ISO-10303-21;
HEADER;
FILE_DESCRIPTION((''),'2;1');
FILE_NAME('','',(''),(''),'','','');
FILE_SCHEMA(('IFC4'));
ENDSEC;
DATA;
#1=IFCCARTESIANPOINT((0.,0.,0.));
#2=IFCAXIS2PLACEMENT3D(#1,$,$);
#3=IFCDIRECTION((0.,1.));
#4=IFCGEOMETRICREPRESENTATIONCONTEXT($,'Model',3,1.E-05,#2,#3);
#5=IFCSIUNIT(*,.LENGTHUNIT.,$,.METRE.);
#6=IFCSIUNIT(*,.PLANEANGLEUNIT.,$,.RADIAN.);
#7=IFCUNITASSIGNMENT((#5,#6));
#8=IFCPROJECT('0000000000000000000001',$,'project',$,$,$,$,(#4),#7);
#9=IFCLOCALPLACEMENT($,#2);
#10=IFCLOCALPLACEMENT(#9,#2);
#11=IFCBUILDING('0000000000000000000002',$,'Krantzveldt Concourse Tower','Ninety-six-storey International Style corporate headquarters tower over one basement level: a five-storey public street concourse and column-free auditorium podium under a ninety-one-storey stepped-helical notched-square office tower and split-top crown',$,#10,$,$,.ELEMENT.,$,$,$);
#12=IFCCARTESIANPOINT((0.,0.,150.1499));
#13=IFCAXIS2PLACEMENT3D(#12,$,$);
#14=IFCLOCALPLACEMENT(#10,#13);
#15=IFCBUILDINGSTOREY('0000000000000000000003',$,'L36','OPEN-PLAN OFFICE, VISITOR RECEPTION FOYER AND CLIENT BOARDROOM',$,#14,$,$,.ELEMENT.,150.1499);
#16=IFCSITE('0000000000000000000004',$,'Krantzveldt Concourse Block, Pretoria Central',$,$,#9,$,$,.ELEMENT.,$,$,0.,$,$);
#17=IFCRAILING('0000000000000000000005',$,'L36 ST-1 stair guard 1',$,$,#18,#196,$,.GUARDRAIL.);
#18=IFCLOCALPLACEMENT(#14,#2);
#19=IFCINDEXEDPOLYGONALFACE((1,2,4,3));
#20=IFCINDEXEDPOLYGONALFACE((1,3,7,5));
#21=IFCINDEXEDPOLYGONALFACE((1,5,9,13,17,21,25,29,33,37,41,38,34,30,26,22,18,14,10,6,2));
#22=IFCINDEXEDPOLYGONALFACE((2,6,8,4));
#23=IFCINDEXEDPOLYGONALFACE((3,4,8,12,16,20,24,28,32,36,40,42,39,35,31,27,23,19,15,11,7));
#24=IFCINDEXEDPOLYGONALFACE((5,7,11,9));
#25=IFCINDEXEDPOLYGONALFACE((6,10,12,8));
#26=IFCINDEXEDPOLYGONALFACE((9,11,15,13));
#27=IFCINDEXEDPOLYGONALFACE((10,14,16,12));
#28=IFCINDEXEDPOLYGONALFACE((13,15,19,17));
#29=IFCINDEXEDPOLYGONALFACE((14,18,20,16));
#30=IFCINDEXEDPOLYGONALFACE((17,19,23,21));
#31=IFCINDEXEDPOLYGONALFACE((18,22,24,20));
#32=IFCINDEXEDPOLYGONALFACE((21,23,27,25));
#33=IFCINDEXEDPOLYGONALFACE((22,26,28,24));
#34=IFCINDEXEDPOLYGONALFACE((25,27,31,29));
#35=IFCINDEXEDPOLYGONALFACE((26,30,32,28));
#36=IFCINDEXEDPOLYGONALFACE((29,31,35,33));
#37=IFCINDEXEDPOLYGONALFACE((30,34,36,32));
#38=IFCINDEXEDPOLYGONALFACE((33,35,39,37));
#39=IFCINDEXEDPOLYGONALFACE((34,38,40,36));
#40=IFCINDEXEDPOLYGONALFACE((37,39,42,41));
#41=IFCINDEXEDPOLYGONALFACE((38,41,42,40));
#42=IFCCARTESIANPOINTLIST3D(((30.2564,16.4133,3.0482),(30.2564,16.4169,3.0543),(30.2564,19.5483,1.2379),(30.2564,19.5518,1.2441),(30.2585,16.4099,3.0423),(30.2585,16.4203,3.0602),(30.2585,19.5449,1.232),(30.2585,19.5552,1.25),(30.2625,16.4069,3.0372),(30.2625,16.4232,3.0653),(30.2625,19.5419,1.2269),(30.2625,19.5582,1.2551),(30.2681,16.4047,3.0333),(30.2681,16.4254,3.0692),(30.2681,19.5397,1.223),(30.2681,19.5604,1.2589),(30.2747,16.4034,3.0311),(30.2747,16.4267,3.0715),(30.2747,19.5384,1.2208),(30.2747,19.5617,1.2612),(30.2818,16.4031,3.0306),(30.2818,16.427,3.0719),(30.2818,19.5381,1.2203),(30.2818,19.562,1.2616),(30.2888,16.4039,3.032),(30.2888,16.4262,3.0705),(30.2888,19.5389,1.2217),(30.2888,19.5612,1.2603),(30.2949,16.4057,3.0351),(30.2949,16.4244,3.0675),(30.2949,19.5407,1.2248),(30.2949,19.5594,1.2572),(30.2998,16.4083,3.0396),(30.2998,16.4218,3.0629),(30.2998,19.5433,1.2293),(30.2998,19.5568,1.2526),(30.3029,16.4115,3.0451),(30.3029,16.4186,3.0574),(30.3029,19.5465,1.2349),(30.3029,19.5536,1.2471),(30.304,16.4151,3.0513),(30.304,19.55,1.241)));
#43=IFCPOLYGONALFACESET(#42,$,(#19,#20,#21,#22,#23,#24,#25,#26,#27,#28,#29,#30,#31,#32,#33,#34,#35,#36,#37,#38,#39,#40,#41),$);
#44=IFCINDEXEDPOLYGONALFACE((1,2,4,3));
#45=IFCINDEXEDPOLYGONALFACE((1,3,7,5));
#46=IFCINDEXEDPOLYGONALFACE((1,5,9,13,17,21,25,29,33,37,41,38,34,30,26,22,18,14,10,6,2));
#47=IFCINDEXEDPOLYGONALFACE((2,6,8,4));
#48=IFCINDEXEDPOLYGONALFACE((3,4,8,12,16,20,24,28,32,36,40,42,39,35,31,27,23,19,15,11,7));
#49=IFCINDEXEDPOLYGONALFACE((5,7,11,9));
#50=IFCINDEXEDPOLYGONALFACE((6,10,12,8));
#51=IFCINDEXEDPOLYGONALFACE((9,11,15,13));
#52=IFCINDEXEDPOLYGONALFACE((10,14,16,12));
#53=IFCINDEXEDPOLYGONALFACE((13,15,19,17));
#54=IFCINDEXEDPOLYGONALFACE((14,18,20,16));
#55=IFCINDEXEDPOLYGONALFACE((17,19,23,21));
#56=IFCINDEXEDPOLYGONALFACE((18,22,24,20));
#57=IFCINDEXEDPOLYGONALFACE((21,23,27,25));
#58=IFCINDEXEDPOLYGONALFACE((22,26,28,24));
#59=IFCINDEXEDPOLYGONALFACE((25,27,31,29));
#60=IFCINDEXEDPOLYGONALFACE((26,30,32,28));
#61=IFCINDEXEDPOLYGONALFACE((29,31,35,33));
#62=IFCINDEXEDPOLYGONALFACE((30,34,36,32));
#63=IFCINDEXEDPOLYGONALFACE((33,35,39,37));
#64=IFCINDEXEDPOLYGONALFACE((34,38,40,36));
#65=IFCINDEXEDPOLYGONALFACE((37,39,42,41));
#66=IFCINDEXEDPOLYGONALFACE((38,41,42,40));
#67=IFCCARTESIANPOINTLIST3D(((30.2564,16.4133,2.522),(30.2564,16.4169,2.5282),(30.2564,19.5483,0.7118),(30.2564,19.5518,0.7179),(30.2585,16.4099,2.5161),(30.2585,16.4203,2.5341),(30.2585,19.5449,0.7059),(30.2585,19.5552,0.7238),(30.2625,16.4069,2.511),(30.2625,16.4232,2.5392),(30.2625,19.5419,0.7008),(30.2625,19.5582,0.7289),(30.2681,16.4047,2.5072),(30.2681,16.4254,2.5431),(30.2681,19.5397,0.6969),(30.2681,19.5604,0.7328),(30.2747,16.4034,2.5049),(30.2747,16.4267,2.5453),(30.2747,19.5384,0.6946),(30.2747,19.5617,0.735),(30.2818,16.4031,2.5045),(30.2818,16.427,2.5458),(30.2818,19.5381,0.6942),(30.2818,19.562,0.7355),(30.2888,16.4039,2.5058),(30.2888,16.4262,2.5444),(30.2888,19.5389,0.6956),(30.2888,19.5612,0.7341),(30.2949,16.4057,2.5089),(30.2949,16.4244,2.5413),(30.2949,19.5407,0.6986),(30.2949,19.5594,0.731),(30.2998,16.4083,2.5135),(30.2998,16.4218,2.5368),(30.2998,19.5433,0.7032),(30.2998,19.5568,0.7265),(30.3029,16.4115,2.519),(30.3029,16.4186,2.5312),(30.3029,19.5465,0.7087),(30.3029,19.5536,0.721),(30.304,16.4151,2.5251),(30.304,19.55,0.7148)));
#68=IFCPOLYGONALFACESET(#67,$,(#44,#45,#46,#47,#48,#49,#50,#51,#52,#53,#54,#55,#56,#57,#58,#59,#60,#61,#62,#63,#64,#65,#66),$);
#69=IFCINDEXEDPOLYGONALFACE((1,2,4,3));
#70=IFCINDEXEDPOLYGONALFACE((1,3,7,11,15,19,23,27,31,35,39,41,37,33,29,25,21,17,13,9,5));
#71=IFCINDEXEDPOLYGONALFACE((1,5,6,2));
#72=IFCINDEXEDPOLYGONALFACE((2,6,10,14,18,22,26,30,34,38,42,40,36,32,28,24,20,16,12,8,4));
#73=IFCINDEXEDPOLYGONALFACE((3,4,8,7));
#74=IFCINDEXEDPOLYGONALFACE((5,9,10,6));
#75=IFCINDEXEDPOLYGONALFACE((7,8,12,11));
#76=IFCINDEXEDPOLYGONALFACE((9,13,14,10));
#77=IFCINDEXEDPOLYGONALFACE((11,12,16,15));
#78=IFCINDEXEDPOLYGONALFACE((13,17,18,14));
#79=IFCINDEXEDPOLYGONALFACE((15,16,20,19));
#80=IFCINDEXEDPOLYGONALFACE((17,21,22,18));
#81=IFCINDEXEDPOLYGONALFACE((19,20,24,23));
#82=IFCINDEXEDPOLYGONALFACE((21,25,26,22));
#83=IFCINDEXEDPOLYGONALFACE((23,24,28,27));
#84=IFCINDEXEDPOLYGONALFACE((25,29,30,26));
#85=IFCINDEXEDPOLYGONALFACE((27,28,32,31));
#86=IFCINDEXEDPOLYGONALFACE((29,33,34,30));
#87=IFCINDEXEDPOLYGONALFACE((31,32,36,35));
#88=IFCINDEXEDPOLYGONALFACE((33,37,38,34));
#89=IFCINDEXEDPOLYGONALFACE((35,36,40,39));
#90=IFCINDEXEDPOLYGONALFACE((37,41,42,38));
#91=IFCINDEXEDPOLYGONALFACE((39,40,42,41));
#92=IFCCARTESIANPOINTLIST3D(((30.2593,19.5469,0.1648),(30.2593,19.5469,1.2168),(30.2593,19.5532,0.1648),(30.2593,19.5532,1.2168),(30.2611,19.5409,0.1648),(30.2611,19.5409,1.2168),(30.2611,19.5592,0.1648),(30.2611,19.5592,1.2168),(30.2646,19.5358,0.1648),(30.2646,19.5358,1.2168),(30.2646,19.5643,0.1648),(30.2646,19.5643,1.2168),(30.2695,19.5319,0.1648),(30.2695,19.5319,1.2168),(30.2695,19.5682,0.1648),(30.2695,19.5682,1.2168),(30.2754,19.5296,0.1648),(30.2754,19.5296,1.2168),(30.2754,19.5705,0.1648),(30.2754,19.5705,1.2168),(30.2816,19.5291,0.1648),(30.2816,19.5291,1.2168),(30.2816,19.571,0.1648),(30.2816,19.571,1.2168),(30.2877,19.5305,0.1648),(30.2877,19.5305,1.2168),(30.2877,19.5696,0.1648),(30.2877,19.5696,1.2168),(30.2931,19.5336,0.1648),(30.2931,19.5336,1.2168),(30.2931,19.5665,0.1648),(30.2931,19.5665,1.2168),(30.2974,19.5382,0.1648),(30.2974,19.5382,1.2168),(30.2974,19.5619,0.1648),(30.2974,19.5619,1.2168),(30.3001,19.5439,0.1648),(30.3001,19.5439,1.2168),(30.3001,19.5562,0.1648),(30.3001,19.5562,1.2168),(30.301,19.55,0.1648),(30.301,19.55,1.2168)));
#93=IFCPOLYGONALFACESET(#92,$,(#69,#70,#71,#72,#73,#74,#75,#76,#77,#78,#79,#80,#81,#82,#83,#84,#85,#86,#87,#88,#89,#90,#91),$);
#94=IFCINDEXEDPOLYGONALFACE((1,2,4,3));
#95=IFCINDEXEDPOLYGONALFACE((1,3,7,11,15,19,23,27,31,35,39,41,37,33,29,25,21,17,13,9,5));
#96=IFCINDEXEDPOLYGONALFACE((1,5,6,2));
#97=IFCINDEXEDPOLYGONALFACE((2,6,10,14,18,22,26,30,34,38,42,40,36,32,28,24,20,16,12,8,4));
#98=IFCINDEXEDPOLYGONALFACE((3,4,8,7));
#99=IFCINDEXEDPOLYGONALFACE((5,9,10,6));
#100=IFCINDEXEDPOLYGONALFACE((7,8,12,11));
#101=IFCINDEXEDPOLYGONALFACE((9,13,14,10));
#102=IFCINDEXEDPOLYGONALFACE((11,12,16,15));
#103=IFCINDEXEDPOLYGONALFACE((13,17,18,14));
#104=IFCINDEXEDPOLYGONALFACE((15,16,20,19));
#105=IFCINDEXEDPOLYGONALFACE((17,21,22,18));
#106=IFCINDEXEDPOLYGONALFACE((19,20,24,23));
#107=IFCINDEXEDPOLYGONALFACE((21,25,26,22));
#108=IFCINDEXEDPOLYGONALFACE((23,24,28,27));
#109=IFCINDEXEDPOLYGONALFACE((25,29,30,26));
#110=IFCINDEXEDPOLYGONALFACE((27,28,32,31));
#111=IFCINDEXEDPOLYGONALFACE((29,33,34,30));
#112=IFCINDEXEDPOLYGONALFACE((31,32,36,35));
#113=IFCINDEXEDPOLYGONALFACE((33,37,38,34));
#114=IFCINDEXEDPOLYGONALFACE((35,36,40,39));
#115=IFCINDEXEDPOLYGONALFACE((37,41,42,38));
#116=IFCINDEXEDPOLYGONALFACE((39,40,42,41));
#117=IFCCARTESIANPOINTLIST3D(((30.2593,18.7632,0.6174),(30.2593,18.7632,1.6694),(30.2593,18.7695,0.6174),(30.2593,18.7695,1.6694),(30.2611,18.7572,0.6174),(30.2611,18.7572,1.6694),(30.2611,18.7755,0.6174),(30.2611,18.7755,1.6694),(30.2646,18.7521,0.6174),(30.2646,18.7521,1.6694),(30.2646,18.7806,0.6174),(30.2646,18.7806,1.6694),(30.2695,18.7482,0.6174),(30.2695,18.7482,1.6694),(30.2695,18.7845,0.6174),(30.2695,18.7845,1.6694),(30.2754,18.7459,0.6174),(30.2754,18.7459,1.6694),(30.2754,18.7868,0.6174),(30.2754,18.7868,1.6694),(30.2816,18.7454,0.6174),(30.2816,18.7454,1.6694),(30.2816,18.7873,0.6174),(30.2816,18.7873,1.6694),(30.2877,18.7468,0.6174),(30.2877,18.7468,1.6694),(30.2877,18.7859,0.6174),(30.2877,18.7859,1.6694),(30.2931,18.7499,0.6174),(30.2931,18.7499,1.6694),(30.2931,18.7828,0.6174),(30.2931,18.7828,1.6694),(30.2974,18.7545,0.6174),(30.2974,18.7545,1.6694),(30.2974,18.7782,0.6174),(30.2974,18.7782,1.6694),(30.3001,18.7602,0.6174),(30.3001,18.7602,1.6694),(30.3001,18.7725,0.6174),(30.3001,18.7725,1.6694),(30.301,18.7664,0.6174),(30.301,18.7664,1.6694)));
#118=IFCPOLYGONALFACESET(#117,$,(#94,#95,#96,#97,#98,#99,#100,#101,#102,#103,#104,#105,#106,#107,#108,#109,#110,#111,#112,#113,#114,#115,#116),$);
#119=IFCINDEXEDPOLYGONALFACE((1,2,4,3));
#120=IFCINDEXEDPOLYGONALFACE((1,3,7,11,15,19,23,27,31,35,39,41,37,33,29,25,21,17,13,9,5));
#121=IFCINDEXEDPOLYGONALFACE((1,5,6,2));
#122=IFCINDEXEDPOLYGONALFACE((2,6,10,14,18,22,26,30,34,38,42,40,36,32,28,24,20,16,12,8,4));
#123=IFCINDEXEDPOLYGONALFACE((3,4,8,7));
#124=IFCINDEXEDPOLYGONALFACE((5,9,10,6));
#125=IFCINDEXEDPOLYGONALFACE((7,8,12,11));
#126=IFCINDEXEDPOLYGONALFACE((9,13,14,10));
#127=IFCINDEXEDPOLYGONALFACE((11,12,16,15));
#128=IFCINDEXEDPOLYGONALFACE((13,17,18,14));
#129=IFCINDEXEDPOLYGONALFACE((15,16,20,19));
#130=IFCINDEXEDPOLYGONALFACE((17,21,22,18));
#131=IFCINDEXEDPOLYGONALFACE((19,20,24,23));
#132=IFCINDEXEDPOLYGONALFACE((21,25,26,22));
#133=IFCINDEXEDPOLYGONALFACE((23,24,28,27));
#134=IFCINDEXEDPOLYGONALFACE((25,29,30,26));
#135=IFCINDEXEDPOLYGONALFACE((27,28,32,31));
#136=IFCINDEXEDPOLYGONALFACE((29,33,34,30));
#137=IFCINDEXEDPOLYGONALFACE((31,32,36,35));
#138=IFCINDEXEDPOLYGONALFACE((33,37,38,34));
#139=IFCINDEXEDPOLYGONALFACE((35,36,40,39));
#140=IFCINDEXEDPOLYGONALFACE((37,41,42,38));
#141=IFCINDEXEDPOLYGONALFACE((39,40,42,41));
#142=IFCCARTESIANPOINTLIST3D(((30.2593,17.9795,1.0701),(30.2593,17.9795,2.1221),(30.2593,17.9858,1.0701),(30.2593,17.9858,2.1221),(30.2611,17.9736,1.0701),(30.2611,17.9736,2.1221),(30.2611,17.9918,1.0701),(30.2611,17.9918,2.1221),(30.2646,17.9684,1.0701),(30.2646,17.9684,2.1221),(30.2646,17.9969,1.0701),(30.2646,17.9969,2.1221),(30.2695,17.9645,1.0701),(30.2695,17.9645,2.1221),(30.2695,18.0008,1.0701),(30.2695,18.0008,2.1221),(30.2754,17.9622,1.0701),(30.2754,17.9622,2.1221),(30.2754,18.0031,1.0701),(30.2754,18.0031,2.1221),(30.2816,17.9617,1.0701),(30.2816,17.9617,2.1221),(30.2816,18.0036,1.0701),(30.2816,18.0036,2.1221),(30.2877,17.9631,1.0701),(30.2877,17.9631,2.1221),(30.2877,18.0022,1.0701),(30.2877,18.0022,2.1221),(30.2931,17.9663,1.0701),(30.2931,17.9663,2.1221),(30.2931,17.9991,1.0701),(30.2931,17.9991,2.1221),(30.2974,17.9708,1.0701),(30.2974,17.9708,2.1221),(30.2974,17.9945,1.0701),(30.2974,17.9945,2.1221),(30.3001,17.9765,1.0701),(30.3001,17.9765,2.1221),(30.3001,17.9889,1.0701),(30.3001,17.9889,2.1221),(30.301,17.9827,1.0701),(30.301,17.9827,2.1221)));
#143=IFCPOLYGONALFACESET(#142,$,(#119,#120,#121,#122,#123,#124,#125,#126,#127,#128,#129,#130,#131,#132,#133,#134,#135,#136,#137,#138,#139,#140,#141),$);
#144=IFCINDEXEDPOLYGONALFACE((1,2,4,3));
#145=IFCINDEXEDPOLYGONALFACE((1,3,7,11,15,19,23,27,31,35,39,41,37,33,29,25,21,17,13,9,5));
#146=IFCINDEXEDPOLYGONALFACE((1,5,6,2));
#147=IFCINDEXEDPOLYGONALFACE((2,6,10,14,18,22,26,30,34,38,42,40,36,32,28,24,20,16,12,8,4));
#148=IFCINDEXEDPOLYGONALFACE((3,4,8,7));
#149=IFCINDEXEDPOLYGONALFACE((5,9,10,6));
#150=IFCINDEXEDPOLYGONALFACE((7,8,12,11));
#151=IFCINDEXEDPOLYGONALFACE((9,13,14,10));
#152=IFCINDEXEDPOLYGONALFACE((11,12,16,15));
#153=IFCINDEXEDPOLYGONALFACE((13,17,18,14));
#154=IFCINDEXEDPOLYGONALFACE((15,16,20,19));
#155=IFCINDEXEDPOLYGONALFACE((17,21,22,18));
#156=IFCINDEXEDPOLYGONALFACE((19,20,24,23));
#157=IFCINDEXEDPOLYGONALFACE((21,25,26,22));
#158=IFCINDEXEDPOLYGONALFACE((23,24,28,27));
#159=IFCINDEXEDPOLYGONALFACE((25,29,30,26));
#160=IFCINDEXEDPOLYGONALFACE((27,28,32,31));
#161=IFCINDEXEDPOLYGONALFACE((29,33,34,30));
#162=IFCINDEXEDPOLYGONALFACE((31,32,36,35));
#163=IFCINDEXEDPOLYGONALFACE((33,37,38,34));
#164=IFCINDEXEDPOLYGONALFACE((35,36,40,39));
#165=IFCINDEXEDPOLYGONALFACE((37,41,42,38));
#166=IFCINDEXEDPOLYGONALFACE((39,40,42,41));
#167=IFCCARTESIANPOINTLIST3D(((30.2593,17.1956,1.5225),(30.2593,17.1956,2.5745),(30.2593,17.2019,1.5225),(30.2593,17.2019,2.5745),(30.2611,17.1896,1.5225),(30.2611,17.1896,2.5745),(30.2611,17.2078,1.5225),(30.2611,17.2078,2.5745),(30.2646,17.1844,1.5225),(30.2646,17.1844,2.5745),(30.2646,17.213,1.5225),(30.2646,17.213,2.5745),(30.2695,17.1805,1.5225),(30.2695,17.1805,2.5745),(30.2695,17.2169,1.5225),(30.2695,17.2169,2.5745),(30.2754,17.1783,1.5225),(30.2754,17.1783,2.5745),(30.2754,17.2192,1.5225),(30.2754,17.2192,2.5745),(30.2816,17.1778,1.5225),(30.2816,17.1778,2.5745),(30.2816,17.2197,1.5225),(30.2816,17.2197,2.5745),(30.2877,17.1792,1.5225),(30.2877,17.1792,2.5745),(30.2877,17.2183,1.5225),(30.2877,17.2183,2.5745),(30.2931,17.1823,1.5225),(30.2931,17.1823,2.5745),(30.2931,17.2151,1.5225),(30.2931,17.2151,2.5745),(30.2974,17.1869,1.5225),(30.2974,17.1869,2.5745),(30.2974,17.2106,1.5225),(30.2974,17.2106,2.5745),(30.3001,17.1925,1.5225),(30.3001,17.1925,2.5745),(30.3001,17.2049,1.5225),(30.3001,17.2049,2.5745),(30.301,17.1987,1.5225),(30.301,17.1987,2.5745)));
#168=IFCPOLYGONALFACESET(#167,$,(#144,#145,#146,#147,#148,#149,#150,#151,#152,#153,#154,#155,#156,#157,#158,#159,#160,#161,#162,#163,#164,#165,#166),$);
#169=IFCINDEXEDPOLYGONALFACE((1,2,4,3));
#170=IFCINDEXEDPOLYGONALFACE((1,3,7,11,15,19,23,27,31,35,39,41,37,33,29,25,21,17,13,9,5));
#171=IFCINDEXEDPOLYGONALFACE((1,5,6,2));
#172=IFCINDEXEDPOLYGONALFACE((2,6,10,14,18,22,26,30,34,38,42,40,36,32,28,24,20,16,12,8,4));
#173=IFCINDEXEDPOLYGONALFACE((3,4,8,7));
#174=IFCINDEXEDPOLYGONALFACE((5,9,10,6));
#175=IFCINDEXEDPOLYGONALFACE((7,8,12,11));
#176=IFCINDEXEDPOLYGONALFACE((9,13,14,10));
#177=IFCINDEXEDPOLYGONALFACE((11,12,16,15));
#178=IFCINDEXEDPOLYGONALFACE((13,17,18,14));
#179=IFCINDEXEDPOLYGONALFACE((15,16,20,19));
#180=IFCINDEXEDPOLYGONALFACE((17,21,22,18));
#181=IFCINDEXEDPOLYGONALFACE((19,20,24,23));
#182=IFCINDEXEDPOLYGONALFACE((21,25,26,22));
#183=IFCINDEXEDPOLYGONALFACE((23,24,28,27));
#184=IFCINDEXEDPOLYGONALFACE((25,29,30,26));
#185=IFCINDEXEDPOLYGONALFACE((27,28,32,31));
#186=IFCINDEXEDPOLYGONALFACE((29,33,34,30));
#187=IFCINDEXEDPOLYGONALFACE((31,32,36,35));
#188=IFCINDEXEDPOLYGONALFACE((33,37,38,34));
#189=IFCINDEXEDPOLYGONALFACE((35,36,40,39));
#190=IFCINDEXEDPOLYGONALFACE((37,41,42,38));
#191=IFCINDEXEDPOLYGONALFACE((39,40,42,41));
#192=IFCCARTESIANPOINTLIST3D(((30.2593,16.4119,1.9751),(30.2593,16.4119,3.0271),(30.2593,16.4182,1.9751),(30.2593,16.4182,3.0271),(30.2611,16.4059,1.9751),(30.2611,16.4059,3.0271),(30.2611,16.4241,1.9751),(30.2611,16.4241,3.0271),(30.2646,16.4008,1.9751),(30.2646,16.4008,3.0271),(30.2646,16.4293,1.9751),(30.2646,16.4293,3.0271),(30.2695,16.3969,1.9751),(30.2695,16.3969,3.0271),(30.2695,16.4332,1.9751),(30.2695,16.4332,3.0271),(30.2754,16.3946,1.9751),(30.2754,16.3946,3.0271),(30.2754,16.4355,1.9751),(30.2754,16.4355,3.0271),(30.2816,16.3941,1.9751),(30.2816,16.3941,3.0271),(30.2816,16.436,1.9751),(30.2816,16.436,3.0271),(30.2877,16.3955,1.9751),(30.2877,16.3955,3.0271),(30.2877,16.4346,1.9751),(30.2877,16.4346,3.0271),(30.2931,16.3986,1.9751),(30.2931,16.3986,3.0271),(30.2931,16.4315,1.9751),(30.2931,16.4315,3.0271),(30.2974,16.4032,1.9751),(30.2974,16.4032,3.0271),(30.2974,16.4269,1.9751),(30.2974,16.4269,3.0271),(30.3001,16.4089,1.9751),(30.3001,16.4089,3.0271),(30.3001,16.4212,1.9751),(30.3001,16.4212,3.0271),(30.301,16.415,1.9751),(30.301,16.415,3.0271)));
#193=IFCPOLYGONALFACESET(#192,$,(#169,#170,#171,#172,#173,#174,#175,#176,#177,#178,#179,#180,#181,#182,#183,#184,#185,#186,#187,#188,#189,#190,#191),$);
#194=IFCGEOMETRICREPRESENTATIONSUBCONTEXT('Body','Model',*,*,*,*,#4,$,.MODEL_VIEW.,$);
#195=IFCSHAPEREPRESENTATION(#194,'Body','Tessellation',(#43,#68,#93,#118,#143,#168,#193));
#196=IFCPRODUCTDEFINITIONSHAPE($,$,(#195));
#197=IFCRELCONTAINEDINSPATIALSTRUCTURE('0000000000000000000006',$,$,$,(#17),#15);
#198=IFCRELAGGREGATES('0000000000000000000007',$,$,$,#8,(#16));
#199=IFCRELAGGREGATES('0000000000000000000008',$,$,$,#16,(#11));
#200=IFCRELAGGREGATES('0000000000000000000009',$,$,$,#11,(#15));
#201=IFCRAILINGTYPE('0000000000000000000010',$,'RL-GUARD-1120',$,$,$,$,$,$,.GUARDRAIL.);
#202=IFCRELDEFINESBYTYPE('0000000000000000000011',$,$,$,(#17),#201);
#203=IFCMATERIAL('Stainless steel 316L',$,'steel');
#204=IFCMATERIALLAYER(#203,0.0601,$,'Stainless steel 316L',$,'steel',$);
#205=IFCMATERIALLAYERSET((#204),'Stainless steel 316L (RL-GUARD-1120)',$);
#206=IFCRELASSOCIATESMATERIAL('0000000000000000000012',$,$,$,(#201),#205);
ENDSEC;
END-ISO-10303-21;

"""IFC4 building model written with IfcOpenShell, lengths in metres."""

from ifc_helpers import new_model, si_unit, direction, frame, origin, origin_2d, place, context, subcontext, project, spatial, circle, extrude, material, layer, layer_set, type_object, element, save


model = new_model("IFC4")

# Units and contexts
model_context = context("Model", 3, precision=1e-05, world=origin(), true_north=direction((0.0, 1.0)))
body_context = subcontext(model_context, "Body", "Model", "MODEL_VIEW")
ifc_project = project(units=[si_unit("LENGTHUNIT", "METRE"), si_unit("PLANEANGLEUNIT", "RADIAN")], contexts=[model_context])

# Site, building, storey
site_placement = place(None, origin())
site = spatial("IfcSite", under=ifc_project, at=site_placement, Name="Krantzveldt Concourse Block, Pretoria Central", CompositionType="ELEMENT", RefElevation=0.0)
building_placement = place(site_placement, origin())
building = spatial("IfcBuilding", under=site, at=building_placement, Name="Krantzveldt Concourse Tower", Description="Ninety-six-storey International Style corporate headquarters tower over one basement level: a five-storey public street concourse and column-free auditorium podium under a ninety-one-storey stepped-helical notched-square office tower and split-top crown", CompositionType="ELEMENT")
storey_placement = place(building_placement, frame((0.0, 0.0, 150.1499)))
storey = spatial("IfcBuildingStorey", under=building, at=storey_placement, Name="L36", Description="OPEN-PLAN OFFICE, VISITOR RECEPTION FOYER AND CLIENT BOARDROOM", CompositionType="ELEMENT", Elevation=150.1499)

# Shared definitions
ifc_material_1 = material(Name="Stainless steel 316L", Category="steel")

# Railing
ifc_layer_1 = layer(ifc_material_1, 0.0601, Name="Stainless steel 316L", Category="steel")
ifc_layer_set_1 = layer_set([ifc_layer_1], Name="Stainless steel 316L (RL-GUARD-1120)")
railing_type_1 = type_object("IfcRailingType", Name="RL-GUARD-1120", PredefinedType="GUARDRAIL", material=ifc_layer_set_1)
railing_1_placement = place(storey_placement, frame((30.28, 19.55, 0.1648)))
element("IfcRailing", 1, at=railing_1_placement, inside=storey, type_object=railing_type_1, Name="L36 ST-1 stair guard 1", PredefinedType="GUARDRAIL", context=body_context, shape_type="SweptSolid", body=[
    extrude(circle(Radius=0.0239, at=origin_2d()), frame((0.0, 0.0, 1.0762), z_axis=(0.0, -0.865989, 0.500063), x_axis=(1.0, 0.0, 0.0)), (0.0, 0.0, 1.0), 3.6201),
    extrude(circle(Radius=0.0239, at=origin_2d()), frame((0.0, 0.0, 0.55), z_axis=(0.0, -0.865989, 0.500063), x_axis=(1.0, 0.0, 0.0)), (0.0, 0.0, 1.0), 3.6201),
    extrude(circle(Radius=0.021, at=origin_2d()), origin(), (0.0, 0.0, 1.0), 1.052),
    extrude(circle(Radius=0.021, at=origin_2d()), frame((0.0, -0.7837, 0.4526)), (0.0, 0.0, 1.0), 1.052),
    extrude(circle(Radius=0.021, at=origin_2d()), frame((0.0, -1.5674, 0.9053)), (0.0, 0.0, 1.0), 1.052),
    extrude(circle(Radius=0.021, at=origin_2d()), frame((0.0, -2.3513, 1.3577)), (0.0, 0.0, 1.0), 1.052),
    extrude(circle(Radius=0.021, at=origin_2d()), frame((0.0, -3.135, 1.8103)), (0.0, 0.0, 1.0), 1.052),
])

save(model, "model.ifc")
